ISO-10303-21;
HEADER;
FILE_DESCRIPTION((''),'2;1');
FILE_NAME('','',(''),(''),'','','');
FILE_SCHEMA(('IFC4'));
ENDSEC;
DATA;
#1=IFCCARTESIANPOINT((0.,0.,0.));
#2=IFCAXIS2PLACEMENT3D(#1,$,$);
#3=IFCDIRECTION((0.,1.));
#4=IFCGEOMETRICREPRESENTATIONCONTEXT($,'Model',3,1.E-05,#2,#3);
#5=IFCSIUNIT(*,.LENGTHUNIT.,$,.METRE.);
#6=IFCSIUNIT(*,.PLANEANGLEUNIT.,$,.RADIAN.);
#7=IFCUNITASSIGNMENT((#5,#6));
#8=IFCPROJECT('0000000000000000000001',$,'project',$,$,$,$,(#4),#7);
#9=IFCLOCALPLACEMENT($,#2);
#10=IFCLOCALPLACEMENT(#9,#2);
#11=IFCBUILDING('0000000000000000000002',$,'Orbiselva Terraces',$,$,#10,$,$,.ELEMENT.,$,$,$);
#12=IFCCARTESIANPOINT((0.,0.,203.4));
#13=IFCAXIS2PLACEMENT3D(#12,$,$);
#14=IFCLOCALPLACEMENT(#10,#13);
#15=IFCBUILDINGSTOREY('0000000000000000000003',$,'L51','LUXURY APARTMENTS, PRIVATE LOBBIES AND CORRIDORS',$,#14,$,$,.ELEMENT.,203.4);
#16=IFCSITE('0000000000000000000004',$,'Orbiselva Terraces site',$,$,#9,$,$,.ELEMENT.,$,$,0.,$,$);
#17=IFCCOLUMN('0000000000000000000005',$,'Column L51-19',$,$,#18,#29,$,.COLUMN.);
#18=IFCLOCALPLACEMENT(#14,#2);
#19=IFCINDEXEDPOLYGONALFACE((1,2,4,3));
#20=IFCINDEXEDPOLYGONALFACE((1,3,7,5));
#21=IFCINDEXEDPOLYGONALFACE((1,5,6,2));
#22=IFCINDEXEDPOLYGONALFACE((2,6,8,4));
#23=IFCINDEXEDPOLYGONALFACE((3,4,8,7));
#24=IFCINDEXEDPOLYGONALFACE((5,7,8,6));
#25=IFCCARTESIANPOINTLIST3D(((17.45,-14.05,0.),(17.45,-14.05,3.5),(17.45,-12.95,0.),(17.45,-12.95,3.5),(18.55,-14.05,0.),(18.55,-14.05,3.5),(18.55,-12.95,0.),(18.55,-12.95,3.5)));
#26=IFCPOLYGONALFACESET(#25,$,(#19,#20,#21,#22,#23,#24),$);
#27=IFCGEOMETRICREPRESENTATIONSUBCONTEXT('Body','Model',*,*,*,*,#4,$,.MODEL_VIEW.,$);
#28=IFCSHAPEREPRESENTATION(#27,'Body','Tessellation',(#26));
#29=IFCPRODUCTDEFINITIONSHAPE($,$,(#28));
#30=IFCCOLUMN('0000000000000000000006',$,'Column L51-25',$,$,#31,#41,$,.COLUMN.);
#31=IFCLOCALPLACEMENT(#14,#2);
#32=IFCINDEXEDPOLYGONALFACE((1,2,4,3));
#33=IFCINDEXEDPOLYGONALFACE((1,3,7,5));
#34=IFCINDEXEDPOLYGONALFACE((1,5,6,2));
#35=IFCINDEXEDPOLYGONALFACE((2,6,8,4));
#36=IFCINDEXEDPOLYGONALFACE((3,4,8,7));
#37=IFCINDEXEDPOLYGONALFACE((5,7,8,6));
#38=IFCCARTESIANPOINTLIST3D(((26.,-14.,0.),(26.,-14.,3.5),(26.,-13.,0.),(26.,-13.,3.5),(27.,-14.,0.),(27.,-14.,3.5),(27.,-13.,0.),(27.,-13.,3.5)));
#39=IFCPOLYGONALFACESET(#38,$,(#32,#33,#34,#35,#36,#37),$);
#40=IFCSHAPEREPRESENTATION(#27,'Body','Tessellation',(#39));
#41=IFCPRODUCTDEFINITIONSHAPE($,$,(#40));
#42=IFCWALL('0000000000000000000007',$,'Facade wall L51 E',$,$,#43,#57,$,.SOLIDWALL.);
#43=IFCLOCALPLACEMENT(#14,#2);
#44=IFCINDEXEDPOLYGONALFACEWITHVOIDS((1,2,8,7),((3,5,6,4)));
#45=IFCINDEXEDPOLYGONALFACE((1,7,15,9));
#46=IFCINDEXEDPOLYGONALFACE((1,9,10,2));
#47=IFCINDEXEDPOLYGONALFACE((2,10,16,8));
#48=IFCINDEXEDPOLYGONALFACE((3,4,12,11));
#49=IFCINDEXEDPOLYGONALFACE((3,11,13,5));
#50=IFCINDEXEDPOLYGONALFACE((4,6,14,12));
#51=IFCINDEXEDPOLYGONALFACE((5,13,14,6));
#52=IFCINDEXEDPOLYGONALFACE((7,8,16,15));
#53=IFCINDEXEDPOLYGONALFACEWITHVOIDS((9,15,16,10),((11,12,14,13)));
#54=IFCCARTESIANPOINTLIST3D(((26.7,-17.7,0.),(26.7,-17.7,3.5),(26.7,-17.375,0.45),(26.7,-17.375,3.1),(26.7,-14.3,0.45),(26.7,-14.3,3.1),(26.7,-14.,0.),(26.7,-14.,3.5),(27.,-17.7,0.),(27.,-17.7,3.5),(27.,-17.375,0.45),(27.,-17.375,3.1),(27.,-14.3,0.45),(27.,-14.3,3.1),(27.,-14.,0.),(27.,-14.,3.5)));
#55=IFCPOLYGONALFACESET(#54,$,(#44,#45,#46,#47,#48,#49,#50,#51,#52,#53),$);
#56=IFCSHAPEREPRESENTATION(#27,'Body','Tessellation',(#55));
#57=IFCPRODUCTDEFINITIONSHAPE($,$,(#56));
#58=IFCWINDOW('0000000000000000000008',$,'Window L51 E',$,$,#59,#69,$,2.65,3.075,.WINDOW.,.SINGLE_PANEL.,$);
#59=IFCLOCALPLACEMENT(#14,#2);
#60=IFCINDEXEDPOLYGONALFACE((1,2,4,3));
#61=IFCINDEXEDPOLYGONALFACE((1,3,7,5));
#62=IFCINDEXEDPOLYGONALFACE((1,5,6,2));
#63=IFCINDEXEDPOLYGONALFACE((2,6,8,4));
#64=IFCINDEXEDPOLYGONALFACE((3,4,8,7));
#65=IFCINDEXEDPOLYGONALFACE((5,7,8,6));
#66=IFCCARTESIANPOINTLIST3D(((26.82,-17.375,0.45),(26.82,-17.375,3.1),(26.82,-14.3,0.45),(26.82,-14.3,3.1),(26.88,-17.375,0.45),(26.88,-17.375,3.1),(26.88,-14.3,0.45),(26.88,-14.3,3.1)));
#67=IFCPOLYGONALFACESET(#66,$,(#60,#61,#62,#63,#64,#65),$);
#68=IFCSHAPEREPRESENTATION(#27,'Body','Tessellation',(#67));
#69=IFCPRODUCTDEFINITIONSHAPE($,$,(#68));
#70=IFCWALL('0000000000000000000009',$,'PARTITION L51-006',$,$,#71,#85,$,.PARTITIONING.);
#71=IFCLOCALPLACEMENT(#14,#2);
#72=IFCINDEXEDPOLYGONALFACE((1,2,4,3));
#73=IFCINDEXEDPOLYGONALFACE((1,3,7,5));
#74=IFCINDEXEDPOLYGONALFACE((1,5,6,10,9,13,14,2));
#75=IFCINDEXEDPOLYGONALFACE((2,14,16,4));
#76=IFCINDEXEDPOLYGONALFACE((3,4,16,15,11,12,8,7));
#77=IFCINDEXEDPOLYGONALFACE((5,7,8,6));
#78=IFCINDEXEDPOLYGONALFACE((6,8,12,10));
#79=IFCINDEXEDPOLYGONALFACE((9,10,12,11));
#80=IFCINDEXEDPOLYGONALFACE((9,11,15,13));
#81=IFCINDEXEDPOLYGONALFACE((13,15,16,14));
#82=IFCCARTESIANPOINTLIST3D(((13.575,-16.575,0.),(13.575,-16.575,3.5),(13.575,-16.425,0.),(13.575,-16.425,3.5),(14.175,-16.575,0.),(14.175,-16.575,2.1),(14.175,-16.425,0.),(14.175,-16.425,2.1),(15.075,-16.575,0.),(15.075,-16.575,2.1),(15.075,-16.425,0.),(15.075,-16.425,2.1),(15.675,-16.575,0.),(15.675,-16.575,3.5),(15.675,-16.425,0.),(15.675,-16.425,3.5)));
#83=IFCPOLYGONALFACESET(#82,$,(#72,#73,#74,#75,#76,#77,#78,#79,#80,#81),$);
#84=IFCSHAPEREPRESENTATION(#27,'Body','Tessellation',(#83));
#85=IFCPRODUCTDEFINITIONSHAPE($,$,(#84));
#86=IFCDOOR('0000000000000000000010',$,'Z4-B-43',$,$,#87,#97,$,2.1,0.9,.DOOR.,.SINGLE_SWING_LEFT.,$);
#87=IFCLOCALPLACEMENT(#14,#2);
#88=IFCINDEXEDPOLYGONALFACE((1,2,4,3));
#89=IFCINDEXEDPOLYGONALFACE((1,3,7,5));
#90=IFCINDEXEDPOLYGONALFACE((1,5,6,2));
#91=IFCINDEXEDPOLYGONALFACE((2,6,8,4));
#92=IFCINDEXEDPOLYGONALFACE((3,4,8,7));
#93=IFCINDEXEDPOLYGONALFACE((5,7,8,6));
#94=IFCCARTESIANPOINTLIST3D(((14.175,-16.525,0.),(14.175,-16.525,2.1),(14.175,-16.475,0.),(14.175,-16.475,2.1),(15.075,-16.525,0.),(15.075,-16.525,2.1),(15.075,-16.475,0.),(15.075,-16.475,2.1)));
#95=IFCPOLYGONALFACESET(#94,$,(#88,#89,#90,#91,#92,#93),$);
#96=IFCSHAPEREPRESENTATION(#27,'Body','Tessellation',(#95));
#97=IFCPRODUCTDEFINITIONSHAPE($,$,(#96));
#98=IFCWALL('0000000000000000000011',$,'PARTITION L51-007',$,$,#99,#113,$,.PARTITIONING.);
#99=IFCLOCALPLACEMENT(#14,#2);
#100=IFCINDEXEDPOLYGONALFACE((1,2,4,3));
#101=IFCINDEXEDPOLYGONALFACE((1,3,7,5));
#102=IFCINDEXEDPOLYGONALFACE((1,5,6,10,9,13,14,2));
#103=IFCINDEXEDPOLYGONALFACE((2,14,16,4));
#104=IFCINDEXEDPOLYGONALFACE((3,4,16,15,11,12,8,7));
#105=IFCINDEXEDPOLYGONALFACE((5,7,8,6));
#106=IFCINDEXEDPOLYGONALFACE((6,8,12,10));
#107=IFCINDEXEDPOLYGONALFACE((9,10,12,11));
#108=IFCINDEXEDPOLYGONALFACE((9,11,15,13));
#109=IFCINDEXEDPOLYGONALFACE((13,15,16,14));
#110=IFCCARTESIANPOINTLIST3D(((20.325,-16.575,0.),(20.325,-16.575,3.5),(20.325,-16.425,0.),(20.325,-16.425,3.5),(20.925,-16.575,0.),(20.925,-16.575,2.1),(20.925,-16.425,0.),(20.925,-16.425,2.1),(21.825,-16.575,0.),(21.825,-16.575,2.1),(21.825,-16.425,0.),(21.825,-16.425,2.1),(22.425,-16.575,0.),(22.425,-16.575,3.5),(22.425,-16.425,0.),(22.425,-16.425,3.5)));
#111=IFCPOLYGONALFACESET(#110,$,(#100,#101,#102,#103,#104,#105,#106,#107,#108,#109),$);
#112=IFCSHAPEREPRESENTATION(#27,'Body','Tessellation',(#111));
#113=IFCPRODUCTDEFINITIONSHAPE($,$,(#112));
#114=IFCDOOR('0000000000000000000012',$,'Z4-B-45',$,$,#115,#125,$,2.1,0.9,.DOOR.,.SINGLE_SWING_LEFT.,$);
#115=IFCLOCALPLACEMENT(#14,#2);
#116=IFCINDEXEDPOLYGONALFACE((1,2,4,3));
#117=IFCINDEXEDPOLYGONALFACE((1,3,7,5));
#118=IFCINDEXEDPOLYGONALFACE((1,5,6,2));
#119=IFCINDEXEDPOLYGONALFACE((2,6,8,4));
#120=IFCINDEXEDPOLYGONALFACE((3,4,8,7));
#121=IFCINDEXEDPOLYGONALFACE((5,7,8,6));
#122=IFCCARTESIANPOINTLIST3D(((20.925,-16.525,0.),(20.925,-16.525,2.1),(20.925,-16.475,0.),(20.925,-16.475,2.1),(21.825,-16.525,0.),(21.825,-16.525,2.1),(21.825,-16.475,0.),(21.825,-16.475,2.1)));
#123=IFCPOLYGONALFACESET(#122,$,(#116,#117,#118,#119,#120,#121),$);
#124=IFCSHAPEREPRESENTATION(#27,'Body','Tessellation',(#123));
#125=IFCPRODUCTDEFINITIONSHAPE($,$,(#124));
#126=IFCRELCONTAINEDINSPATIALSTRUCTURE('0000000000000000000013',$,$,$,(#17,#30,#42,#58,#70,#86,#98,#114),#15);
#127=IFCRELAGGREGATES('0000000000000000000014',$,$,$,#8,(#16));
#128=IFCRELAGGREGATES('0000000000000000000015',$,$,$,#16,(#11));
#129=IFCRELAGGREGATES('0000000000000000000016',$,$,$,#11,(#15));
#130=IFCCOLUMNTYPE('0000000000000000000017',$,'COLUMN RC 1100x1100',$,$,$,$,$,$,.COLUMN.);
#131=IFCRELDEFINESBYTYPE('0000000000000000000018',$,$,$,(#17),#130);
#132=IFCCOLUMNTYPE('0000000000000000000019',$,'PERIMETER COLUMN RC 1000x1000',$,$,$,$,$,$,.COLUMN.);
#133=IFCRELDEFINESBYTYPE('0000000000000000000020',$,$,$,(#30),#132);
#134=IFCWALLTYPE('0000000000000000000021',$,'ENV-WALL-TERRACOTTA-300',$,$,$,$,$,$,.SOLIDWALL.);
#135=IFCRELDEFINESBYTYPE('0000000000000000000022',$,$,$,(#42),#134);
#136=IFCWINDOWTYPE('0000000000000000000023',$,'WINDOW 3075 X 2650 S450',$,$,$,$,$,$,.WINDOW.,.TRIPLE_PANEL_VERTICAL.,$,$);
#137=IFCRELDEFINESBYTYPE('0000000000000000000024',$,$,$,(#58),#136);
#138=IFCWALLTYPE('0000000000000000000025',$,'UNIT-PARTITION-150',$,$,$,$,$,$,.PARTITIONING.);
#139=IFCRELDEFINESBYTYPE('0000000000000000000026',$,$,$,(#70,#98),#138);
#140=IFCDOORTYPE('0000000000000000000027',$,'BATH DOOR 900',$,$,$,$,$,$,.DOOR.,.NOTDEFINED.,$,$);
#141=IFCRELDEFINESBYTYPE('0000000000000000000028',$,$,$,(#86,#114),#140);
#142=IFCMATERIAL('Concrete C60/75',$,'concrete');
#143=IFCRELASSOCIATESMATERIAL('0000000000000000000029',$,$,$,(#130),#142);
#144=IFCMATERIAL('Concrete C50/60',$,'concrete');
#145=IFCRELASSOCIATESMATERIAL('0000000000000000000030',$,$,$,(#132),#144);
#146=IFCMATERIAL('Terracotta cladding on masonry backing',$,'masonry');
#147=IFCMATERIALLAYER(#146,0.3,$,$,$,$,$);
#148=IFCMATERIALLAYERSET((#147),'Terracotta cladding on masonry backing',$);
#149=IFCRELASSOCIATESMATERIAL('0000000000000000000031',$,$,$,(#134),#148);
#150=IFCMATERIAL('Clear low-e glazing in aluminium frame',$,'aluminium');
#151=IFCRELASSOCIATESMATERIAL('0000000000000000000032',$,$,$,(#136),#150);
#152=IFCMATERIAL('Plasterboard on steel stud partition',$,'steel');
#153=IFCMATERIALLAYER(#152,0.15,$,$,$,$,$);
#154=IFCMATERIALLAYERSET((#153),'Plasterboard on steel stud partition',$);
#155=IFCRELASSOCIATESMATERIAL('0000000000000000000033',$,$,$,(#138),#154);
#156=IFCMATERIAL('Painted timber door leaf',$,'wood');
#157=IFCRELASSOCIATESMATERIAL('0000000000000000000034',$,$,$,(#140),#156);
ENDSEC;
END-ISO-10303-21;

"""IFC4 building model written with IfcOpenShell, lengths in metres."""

from ifc_helpers import new_model, si_unit, direction, frame, frame_2d, origin, origin_2d, place, context, subcontext, project, spatial, rectangle, extrude, material, layer, layer_set, material_profile, profile_set, type_object, element, fill, save


model = new_model("IFC4")

# Units and contexts
model_context = context("Model", 3, precision=1e-05, world=origin(), true_north=direction((0.0, 1.0)))
body_context = subcontext(model_context, "Body", "Model", "MODEL_VIEW")
ifc_project = project(units=[si_unit("LENGTHUNIT", "METRE"), si_unit("PLANEANGLEUNIT", "RADIAN")], contexts=[model_context])

# Site, building, storey
site_placement = place(None, origin())
site = spatial("IfcSite", under=ifc_project, at=site_placement, Name="Orbiselva Terraces site", CompositionType="ELEMENT", RefElevation=0.0)
building_placement = place(site_placement, origin())
building = spatial("IfcBuilding", under=site, at=building_placement, Name="Orbiselva Terraces", CompositionType="ELEMENT")
storey_placement = place(building_placement, frame((0.0, 0.0, 203.4)))
storey = spatial("IfcBuildingStorey", under=building, at=storey_placement, Name="L51", Description="LUXURY APARTMENTS, PRIVATE LOBBIES AND CORRIDORS", CompositionType="ELEMENT", Elevation=203.4)

# Columns
ifc_material_1 = material(Name="Concrete C60/75", Category="concrete")
ifc_material_profile_1 = material_profile(ifc_material_1, rectangle(XDim=1.1, YDim=1.1, at=origin_2d()), Name="RC 1100x1100")
ifc_profile_set_1 = profile_set([ifc_material_profile_1], Name="Concrete C60/75")
column_type_1 = type_object("IfcColumnType", Name="COLUMN RC 1100x1100", PredefinedType="COLUMN", material=ifc_profile_set_1)
column_1_placement = place(storey_placement, frame((18.0, -13.5, 0.0), z_axis=(0.0, 0.0, 1.0), x_axis=(1.0, 0.0, 0.0)))
element("IfcColumn", 1, at=column_1_placement, inside=storey, type_object=column_type_1, Name="Column L51-19", PredefinedType="COLUMN", context=body_context, shape_type="SweptSolid", body=[
    extrude(rectangle(XDim=1.1, YDim=1.1, at=origin_2d()), origin(), (0.0, 0.0, 1.0), 3.5),
])
ifc_material_2 = material(Name="Concrete C50/60", Category="concrete")
ifc_material_profile_2 = material_profile(ifc_material_2, rectangle(XDim=1.0, YDim=1.0, at=origin_2d()), Name="RC 1000x1000")
ifc_profile_set_2 = profile_set([ifc_material_profile_2], Name="Concrete C50/60")
column_type_2 = type_object("IfcColumnType", Name="PERIMETER COLUMN RC 1000x1000", PredefinedType="COLUMN", material=ifc_profile_set_2)
column_2_placement = place(storey_placement, frame((26.5, -13.5, 0.0), z_axis=(0.0, 0.0, 1.0), x_axis=(1.0, 0.0, 0.0)))
element("IfcColumn", 2, at=column_2_placement, inside=storey, type_object=column_type_2, Name="Column L51-25", PredefinedType="COLUMN", context=body_context, shape_type="SweptSolid", body=[
    extrude(rectangle(XDim=1.0, YDim=1.0, at=origin_2d()), origin(), (0.0, 0.0, 1.0), 3.5),
])

# Wall, opening, window
ifc_material_3 = material(Name="Terracotta cladding on masonry backing", Category="masonry")
ifc_layer_1 = layer(ifc_material_3, 0.3)
ifc_layer_set_1 = layer_set([ifc_layer_1], Name="Terracotta cladding on masonry backing")
wall_type_1 = type_object("IfcWallType", Name="ENV-WALL-TERRACOTTA-300", PredefinedType="SOLIDWALL", material=ifc_layer_set_1)
wall_1_placement = place(storey_placement, frame((26.85, -14.0, 0.0), z_axis=(0.0, 0.0, 1.0), x_axis=(0.0, -1.0, 0.0)))
wall_1 = element("IfcWall", 3, at=wall_1_placement, inside=storey, type_object=wall_type_1, Name="Facade wall L51 E", PredefinedType="SOLIDWALL", context=body_context, shape_type="SweptSolid", body=[
    extrude(rectangle(XDim=3.7, YDim=0.3, at=frame_2d((1.85, 0.0))), origin(), (0.0, 0.0, 1.0), 3.5),
])
opening_1_placement = place(wall_1_placement, frame((0.3, 0.0, 0.45)))
opening_1 = element("IfcOpeningElement", 4, at=opening_1_placement, cuts=wall_1, PredefinedType="OPENING", context=body_context, shape_type="SweptSolid", body=[
    extrude(rectangle(XDim=3.075, YDim=2.65, at=frame_2d((1.5375, 1.325))), frame((0.0, 0.16, 0.0), z_axis=(0.0, -1.0, 0.0), x_axis=(1.0, 0.0, 0.0)), (0.0, 0.0, 1.0), 0.32),
])
ifc_material_4 = material(Name="Clear low-e glazing in aluminium frame", Category="aluminium")
window_type = type_object("IfcWindowType", Name="WINDOW 3075 X 2650 S450", PartitioningType="TRIPLE_PANEL_VERTICAL", PredefinedType="WINDOW", material=ifc_material_4)
window_placement = place(opening_1_placement, origin())
window = element("IfcWindow", 5, at=window_placement, inside=storey, type_object=window_type, Name="Window L51 E", OverallHeight=2.65, OverallWidth=3.075, PartitioningType="SINGLE_PANEL", PredefinedType="WINDOW", context=body_context, shape_type="SweptSolid", body=[
    extrude(rectangle(XDim=3.075, YDim=2.65, at=frame_2d((1.5375, 1.325))), frame((0.0, 0.03, 0.0), z_axis=(0.0, -1.0, 0.0), x_axis=(1.0, 0.0, 0.0)), (0.0, 0.0, 1.0), 0.06),
])
fill(opening_1, window)

# Walls, openings, doors
ifc_material_5 = material(Name="Plasterboard on steel stud partition", Category="steel")
ifc_layer_2 = layer(ifc_material_5, 0.15)
ifc_layer_set_2 = layer_set([ifc_layer_2], Name="Plasterboard on steel stud partition")
wall_type_2 = type_object("IfcWallType", Name="UNIT-PARTITION-150", PredefinedType="PARTITIONING", material=ifc_layer_set_2)
wall_2_placement = place(storey_placement, frame((13.575, -16.5, 0.0), z_axis=(0.0, 0.0, 1.0), x_axis=(1.0, 0.0, 0.0)))
wall_2 = element("IfcWall", 6, at=wall_2_placement, inside=storey, type_object=wall_type_2, Name="PARTITION L51-006", PredefinedType="PARTITIONING", context=body_context, shape_type="SweptSolid", body=[
    extrude(rectangle(XDim=2.1, YDim=0.15, at=frame_2d((1.05, 0.0))), origin(), (0.0, 0.0, 1.0), 3.5),
])
opening_2_placement = place(wall_2_placement, frame((0.6, 0.0, 0.0)))
opening_2 = element("IfcOpeningElement", 7, at=opening_2_placement, cuts=wall_2, PredefinedType="OPENING", context=body_context, shape_type="SweptSolid", body=[
    extrude(rectangle(XDim=0.9, YDim=2.1, at=frame_2d((0.45, 1.05))), frame((0.0, 0.085, 0.0), z_axis=(0.0, -1.0, 0.0), x_axis=(1.0, 0.0, 0.0)), (0.0, 0.0, 1.0), 0.17),
])
ifc_material_6 = material(Name="Painted timber door leaf", Category="wood")
door_type_1 = type_object("IfcDoorType", Name="BATH DOOR 900", OperationType="NOTDEFINED", PredefinedType="DOOR", material=ifc_material_6)
door_1_placement = place(opening_2_placement, origin())
door_1 = element("IfcDoor", 8, at=door_1_placement, inside=storey, type_object=door_type_1, Name="Z4-B-43", OperationType="SINGLE_SWING_LEFT", OverallHeight=2.1, OverallWidth=0.9, PredefinedType="DOOR", context=body_context, shape_type="SweptSolid", body=[
    extrude(rectangle(XDim=0.9, YDim=2.1, at=frame_2d((0.45, 1.05))), frame((0.0, 0.025, 0.0), z_axis=(0.0, -1.0, 0.0), x_axis=(1.0, 0.0, 0.0)), (0.0, 0.0, 1.0), 0.05),
])
fill(opening_2, door_1)
wall_3_placement = place(storey_placement, frame((20.325, -16.5, 0.0), z_axis=(0.0, 0.0, 1.0), x_axis=(1.0, 0.0, 0.0)))
wall_3 = element("IfcWall", 9, at=wall_3_placement, inside=storey, type_object=wall_type_2, Name="PARTITION L51-007", PredefinedType="PARTITIONING", context=body_context, shape_type="SweptSolid", body=[
    extrude(rectangle(XDim=2.1, YDim=0.15, at=frame_2d((1.05, 0.0))), origin(), (0.0, 0.0, 1.0), 3.5),
])
opening_3_placement = place(wall_3_placement, frame((0.6, 0.0, 0.0)))
opening_3 = element("IfcOpeningElement", 10, at=opening_3_placement, cuts=wall_3, PredefinedType="OPENING", context=body_context, shape_type="SweptSolid", body=[
    extrude(rectangle(XDim=0.9, YDim=2.1, at=frame_2d((0.45, 1.05))), frame((0.0, 0.085, 0.0), z_axis=(0.0, -1.0, 0.0), x_axis=(1.0, 0.0, 0.0)), (0.0, 0.0, 1.0), 0.17),
])
door_2_placement = place(opening_3_placement, origin())
door_2 = element("IfcDoor", 11, at=door_2_placement, inside=storey, type_object=door_type_1, Name="Z4-B-45", OperationType="SINGLE_SWING_LEFT", OverallHeight=2.1, OverallWidth=0.9, PredefinedType="DOOR", context=body_context, shape_type="SweptSolid", body=[
    extrude(rectangle(XDim=0.9, YDim=2.1, at=frame_2d((0.45, 1.05))), frame((0.0, 0.025, 0.0), z_axis=(0.0, -1.0, 0.0), x_axis=(1.0, 0.0, 0.0)), (0.0, 0.0, 1.0), 0.05),
])
fill(opening_3, door_2)

save(model, "model.ifc")
